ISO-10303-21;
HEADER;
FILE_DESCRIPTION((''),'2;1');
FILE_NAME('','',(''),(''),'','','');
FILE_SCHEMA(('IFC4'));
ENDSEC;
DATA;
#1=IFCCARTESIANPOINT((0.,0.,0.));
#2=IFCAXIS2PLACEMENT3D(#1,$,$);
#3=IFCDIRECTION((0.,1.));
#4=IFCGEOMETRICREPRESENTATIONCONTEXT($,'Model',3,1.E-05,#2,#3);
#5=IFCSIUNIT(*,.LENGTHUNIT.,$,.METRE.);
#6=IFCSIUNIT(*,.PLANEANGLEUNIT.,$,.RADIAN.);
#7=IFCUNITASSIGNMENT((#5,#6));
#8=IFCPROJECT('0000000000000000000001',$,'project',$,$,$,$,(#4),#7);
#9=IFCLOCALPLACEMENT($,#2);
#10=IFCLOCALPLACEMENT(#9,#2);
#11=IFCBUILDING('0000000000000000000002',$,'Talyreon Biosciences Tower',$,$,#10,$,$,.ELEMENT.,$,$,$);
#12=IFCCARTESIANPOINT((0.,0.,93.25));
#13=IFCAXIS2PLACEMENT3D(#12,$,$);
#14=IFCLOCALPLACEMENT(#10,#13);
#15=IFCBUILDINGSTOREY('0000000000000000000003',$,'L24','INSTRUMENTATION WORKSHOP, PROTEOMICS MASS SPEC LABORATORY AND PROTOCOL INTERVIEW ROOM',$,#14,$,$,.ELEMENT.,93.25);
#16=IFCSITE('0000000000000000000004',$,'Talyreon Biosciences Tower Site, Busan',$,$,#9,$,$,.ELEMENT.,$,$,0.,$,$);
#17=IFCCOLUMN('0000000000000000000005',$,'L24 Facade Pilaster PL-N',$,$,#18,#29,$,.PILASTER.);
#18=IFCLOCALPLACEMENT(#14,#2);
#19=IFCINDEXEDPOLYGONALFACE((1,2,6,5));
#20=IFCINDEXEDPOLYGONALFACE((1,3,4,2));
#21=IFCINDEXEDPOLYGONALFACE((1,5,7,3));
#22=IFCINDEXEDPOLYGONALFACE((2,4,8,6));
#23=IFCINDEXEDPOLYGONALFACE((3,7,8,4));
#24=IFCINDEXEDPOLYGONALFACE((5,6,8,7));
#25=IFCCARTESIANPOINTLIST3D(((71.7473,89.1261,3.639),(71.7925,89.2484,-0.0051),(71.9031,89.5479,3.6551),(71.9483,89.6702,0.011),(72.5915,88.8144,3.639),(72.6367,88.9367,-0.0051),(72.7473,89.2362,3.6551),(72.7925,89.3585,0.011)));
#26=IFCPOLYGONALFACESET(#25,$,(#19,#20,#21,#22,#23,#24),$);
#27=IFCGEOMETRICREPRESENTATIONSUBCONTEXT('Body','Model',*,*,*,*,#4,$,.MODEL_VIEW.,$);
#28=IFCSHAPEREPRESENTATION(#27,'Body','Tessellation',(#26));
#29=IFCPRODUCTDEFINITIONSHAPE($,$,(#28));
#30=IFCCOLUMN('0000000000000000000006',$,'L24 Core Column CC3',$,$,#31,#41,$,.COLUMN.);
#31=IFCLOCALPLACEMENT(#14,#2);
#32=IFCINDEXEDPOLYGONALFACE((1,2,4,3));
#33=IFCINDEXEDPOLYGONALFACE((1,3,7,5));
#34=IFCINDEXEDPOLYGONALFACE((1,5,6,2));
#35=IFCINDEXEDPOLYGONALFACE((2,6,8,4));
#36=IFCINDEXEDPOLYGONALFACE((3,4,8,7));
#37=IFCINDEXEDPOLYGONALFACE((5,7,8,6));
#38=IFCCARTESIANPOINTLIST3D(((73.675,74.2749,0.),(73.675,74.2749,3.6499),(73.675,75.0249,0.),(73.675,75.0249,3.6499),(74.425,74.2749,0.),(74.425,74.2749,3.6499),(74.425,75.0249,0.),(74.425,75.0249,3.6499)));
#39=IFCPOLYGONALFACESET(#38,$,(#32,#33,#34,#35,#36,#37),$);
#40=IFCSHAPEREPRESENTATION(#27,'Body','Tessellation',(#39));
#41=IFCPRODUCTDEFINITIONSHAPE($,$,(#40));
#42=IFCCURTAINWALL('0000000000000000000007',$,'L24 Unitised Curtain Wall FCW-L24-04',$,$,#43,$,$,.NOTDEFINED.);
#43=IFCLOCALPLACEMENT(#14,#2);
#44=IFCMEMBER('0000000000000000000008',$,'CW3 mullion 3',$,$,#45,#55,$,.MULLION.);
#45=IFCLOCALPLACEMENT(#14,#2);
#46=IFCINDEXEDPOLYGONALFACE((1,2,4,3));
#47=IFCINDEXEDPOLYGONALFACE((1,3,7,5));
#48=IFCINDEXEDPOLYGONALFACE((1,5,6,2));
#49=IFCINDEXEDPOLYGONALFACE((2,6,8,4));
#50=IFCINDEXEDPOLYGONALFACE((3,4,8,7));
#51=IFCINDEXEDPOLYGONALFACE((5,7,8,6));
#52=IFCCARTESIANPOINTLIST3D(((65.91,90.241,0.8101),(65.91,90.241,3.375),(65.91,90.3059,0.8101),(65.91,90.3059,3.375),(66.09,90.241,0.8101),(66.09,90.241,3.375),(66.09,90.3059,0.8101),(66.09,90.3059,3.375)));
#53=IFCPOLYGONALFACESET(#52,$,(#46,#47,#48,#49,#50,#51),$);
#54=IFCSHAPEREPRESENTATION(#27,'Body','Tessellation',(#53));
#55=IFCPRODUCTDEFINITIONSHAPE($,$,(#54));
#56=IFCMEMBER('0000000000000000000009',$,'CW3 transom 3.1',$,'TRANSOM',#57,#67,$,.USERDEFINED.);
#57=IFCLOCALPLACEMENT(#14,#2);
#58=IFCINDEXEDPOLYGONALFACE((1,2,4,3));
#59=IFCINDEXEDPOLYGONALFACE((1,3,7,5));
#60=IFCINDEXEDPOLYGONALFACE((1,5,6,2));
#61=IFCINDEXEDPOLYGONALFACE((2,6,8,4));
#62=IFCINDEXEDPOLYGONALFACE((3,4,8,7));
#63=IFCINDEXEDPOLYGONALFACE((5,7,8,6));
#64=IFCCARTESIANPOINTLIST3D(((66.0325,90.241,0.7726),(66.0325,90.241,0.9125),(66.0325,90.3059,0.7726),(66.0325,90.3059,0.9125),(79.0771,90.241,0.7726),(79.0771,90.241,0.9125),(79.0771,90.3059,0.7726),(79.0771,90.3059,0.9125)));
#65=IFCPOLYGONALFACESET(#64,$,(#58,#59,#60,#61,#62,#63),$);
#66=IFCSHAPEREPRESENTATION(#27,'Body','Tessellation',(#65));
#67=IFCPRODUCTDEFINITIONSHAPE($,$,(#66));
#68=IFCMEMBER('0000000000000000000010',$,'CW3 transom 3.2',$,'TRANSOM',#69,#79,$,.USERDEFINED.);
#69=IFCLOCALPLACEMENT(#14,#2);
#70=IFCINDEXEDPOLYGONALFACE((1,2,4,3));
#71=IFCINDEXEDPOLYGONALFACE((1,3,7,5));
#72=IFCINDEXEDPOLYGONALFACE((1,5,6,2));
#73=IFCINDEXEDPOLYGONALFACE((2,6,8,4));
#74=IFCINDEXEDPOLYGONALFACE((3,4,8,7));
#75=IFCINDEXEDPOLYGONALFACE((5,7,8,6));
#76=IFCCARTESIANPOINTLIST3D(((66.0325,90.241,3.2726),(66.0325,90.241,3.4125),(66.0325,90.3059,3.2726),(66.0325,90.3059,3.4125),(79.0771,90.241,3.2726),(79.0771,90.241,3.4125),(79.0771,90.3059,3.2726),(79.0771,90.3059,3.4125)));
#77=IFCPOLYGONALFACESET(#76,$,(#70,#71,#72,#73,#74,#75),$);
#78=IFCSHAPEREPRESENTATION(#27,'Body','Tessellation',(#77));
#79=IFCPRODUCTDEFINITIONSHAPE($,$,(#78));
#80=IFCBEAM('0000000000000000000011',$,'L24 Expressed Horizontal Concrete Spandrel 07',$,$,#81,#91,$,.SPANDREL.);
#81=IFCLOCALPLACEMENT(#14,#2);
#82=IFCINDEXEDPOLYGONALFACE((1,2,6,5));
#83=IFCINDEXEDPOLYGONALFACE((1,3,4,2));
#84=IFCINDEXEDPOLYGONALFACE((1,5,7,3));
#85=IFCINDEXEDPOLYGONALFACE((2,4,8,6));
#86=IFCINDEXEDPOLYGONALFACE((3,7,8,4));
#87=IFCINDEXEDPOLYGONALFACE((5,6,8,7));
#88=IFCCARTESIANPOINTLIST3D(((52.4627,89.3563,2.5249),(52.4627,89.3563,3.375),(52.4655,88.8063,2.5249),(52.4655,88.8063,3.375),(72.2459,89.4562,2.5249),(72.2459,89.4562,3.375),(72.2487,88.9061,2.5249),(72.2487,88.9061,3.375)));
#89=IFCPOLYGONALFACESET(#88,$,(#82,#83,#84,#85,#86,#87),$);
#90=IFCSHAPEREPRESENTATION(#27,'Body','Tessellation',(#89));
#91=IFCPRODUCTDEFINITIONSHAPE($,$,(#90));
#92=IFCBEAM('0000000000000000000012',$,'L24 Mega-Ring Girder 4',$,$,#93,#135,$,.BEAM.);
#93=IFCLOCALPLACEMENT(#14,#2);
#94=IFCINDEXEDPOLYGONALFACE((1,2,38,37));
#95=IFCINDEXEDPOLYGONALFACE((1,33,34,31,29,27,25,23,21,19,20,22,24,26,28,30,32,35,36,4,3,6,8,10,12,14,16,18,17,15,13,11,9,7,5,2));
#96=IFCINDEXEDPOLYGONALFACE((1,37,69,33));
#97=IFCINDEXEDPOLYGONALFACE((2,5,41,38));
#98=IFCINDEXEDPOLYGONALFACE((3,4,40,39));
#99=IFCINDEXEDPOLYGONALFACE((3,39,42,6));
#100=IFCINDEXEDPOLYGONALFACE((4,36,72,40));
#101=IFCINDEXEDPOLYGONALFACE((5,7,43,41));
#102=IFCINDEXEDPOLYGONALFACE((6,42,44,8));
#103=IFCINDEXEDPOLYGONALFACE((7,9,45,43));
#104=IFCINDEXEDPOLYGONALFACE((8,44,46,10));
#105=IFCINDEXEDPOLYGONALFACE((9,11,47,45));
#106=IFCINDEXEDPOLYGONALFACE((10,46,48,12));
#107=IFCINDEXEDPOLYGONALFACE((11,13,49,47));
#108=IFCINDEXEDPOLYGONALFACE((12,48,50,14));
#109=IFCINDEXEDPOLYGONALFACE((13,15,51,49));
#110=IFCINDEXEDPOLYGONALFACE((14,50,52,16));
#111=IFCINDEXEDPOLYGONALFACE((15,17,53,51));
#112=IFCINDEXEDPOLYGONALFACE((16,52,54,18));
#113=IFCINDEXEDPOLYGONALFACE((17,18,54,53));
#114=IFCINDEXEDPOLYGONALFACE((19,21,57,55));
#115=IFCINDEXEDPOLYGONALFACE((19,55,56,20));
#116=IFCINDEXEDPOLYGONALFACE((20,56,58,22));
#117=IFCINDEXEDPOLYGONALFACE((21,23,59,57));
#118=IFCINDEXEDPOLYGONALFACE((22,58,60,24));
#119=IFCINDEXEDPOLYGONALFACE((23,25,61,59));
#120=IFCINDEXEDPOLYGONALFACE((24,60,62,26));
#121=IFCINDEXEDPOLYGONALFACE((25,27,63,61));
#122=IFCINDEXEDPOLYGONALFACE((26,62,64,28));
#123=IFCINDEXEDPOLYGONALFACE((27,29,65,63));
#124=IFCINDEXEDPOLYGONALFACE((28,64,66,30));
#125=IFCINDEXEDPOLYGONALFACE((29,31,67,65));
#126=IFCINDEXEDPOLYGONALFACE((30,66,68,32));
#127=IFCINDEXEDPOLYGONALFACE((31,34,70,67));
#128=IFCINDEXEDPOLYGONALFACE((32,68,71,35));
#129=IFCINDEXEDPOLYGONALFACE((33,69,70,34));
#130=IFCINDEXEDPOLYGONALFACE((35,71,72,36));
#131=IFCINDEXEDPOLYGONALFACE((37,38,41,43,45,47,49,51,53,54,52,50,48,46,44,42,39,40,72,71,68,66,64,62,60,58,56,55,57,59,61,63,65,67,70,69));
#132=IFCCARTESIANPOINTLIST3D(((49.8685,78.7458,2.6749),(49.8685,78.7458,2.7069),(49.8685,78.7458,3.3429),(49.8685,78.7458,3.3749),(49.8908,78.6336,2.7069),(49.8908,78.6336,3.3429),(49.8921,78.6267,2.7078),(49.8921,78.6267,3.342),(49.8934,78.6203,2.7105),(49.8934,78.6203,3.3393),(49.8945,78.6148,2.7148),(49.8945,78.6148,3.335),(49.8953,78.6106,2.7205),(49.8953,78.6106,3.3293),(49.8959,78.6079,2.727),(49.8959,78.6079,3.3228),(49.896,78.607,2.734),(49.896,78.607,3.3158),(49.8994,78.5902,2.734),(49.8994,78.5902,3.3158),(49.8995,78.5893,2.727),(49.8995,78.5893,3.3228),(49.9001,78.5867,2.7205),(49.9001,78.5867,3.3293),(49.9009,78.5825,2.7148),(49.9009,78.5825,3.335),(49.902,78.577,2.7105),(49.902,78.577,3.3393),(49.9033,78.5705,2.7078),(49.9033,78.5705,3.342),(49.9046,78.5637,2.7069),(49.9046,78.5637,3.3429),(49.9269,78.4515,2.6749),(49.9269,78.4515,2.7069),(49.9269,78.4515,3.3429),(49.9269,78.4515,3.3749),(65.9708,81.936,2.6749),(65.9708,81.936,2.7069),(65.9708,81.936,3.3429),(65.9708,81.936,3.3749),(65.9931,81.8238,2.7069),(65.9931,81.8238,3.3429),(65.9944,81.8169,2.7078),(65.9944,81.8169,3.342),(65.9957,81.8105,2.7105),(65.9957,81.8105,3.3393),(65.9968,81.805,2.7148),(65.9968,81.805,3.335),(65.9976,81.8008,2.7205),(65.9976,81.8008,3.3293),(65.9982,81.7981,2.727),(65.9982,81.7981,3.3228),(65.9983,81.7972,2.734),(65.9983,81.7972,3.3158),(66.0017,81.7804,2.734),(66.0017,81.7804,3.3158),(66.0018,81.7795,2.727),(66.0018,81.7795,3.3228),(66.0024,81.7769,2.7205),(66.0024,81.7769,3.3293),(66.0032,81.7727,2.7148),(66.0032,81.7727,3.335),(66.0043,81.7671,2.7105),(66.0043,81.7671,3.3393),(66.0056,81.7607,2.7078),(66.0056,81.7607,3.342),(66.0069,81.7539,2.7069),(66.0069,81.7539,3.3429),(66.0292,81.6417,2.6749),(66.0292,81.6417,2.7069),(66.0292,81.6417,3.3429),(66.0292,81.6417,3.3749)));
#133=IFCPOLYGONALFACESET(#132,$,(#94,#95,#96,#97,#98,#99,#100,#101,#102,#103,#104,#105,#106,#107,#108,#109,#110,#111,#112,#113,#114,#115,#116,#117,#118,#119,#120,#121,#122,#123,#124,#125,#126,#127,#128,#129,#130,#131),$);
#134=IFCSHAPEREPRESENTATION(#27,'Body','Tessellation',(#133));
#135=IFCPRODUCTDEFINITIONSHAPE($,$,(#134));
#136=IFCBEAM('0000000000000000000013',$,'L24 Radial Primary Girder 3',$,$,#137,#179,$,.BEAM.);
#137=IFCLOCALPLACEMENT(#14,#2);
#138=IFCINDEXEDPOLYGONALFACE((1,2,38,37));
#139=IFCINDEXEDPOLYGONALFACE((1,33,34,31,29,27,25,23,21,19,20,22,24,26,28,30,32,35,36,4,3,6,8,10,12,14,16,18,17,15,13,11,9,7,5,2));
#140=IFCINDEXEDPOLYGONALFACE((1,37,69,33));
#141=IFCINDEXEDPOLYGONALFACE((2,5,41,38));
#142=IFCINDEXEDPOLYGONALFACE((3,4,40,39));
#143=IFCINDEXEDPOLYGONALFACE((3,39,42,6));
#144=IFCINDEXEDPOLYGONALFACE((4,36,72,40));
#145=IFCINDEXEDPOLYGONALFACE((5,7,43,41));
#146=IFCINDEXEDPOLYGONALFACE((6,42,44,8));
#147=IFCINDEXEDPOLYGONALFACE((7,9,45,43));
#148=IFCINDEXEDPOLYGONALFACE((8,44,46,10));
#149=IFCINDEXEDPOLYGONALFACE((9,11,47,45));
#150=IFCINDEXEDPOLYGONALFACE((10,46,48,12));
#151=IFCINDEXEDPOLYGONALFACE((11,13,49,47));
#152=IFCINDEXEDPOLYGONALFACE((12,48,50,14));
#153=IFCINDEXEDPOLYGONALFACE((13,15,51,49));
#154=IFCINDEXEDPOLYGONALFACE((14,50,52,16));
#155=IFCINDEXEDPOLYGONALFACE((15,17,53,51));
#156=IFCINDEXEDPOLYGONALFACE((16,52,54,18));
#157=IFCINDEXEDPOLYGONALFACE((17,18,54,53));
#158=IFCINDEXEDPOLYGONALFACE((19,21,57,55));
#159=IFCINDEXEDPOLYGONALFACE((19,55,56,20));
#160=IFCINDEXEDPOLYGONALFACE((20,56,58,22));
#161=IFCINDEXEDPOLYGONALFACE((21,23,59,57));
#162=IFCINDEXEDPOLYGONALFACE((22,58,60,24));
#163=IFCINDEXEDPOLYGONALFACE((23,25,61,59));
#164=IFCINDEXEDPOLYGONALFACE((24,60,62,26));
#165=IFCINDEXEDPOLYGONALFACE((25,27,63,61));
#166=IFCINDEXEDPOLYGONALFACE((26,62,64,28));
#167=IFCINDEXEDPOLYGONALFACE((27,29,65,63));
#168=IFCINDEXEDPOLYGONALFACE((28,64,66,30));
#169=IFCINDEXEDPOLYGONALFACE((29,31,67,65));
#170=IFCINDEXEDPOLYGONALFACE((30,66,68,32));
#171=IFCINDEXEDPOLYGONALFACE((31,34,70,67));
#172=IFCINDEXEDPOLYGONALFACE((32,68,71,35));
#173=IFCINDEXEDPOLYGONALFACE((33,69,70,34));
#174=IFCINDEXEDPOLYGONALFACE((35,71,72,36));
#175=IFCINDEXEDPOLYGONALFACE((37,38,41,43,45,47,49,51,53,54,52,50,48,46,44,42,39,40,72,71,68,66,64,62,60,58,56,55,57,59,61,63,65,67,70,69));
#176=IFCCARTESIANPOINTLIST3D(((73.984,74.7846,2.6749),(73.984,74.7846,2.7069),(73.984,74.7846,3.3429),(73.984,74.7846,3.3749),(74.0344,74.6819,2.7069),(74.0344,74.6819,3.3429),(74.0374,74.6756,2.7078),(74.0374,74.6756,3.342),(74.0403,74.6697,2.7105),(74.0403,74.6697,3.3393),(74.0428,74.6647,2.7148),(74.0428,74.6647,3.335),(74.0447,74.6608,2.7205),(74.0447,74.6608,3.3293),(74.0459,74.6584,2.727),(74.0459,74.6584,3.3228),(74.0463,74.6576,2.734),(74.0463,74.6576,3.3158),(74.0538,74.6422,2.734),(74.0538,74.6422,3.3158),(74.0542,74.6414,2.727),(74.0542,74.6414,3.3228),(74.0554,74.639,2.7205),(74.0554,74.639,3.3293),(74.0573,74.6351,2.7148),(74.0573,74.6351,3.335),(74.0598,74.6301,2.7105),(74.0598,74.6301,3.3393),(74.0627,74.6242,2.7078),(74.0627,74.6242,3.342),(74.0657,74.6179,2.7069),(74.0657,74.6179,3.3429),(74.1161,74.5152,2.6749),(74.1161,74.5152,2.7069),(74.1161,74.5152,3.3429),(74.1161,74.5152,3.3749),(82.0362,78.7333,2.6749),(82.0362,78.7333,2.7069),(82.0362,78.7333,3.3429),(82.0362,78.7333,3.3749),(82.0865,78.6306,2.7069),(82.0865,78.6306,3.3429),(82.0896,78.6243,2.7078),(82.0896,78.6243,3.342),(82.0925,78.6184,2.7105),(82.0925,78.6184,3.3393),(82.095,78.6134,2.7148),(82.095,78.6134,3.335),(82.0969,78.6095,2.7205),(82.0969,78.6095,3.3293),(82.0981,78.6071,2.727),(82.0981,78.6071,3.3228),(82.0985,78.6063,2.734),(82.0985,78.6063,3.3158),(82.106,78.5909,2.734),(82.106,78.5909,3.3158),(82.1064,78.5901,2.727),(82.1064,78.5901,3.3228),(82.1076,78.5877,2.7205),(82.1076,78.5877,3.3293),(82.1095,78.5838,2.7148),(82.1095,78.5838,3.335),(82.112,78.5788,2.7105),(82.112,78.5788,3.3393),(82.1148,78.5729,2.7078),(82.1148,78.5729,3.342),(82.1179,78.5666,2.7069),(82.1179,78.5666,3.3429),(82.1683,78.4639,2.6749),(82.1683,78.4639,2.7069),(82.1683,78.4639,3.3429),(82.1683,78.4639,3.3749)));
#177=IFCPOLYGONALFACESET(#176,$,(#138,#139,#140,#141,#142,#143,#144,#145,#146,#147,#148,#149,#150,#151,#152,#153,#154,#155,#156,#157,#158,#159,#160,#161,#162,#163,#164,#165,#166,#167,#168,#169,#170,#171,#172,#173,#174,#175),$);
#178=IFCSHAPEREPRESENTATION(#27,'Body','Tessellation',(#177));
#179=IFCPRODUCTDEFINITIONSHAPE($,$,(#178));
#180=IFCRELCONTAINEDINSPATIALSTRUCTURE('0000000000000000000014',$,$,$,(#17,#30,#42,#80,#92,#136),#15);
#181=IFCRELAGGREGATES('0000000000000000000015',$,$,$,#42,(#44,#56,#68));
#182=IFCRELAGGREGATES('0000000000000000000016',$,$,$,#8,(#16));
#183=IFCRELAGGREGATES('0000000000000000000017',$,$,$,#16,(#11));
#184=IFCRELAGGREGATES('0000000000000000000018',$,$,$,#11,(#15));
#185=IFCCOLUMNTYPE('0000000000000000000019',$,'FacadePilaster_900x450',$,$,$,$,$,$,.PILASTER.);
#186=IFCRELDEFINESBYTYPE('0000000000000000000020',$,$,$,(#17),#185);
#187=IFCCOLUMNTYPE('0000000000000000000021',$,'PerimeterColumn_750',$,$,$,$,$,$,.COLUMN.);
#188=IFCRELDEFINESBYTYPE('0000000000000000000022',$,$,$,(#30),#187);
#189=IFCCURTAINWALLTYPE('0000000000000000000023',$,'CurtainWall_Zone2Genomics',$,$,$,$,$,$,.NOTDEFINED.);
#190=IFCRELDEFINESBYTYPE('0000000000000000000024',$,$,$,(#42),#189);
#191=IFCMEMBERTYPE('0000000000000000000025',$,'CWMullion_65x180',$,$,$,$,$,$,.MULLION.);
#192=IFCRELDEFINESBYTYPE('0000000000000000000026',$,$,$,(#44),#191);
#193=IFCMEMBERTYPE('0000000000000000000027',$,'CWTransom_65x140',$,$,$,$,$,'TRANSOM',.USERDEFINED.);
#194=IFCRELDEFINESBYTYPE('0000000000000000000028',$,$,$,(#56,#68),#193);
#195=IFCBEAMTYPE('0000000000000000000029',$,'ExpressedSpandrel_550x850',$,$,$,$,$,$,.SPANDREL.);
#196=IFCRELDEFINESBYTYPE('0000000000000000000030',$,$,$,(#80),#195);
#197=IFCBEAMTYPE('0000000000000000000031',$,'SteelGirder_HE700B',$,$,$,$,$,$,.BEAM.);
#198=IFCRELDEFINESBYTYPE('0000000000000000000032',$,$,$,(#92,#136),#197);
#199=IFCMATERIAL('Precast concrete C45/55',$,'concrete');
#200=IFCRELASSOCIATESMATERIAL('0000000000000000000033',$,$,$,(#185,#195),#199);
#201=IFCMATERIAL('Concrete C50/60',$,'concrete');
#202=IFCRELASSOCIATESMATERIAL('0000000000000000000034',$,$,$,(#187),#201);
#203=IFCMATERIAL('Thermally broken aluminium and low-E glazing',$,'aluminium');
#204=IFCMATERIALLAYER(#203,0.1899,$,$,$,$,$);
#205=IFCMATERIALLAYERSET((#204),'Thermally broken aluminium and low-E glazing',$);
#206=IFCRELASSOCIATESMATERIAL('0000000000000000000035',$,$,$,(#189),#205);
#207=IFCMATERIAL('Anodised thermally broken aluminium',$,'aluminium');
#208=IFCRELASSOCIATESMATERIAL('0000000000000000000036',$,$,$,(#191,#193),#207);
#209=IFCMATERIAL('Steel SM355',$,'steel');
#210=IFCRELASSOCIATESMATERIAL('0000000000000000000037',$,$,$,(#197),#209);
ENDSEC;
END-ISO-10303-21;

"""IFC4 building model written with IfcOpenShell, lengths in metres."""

from ifc_helpers import new_model, si_unit, direction, frame, origin, origin_2d, place, context, subcontext, project, spatial, rectangle, i_section, extrude, material, layer, layer_set, material_profile, profile_set, type_object, element, aggregate, save


model = new_model("IFC4")

# Units and contexts
model_context = context("Model", 3, precision=1e-05, world=origin(), true_north=direction((0.0, 1.0)))
body_context = subcontext(model_context, "Body", "Model", "MODEL_VIEW")
ifc_project = project(units=[si_unit("LENGTHUNIT", "METRE"), si_unit("PLANEANGLEUNIT", "RADIAN")], contexts=[model_context])

# Site, building, storey
site_placement = place(None, origin())
site = spatial("IfcSite", under=ifc_project, at=site_placement, Name="Talyreon Biosciences Tower Site, Busan", CompositionType="ELEMENT", RefElevation=0.0)
building_placement = place(site_placement, origin())
building = spatial("IfcBuilding", under=site, at=building_placement, Name="Talyreon Biosciences Tower", CompositionType="ELEMENT")
storey_placement = place(building_placement, frame((0.0, 0.0, 93.25)))
storey = spatial("IfcBuildingStorey", under=building, at=storey_placement, Name="L24", Description="INSTRUMENTATION WORKSHOP, PROTEOMICS MASS SPEC LABORATORY AND PROTOCOL INTERVIEW ROOM", CompositionType="ELEMENT", Elevation=93.25)

# Columns
ifc_material_1 = material(Name="Precast concrete C45/55", Category="concrete")
ifc_material_profile_1 = material_profile(ifc_material_1, rectangle(XDim=0.8999, YDim=0.45, at=origin_2d()), Name="RC 900x450")
ifc_profile_set_1 = profile_set([ifc_material_profile_1], Name="Precast concrete C45/55")
column_type_1 = type_object("IfcColumnType", Name="FacadePilaster_900x450", PredefinedType="PILASTER", material=ifc_profile_set_1)
column_1_placement = place(storey_placement, frame((72.2925, 89.3035, 0.0029), z_axis=(-0.012387, -0.033544, 0.99936), x_axis=(-0.938087, 0.346399, 0.0)))
element("IfcColumn", 1, at=column_1_placement, inside=storey, type_object=column_type_1, Name="L24 Facade Pilaster PL-N", PredefinedType="PILASTER", context=body_context, shape_type="SweptSolid", body=[
    extrude(rectangle(XDim=0.8999, YDim=0.45, at=origin_2d()), origin(), (0.0, 0.0, 1.0), 3.6465),
])
ifc_material_2 = material(Name="Concrete C50/60", Category="concrete")
ifc_material_profile_2 = material_profile(ifc_material_2, rectangle(XDim=0.75, YDim=0.75, at=origin_2d()), Name="RC 750x750")
ifc_profile_set_2 = profile_set([ifc_material_profile_2], Name="Concrete C50/60")
column_type_2 = type_object("IfcColumnType", Name="PerimeterColumn_750", PredefinedType="COLUMN", material=ifc_profile_set_2)
column_2_placement = place(storey_placement, frame((74.05, 74.6499, 0.0), z_axis=(0.0, 0.0, 1.0), x_axis=(1.0, 0.0, 0.0)))
element("IfcColumn", 2, at=column_2_placement, inside=storey, type_object=column_type_2, Name="L24 Core Column CC3", PredefinedType="COLUMN", context=body_context, shape_type="SweptSolid", body=[
    extrude(rectangle(XDim=0.75, YDim=0.75, at=origin_2d()), origin(), (0.0, 0.0, 1.0), 3.6499),
])

# Curtain wall, members
ifc_material_3 = material(Name="Thermally broken aluminium and low-E glazing", Category="aluminium")
ifc_layer_1 = layer(ifc_material_3, 0.1899)
ifc_layer_set_1 = layer_set([ifc_layer_1], Name="Thermally broken aluminium and low-E glazing")
curtain_wall_type = type_object("IfcCurtainWallType", Name="CurtainWall_Zone2Genomics", PredefinedType="NOTDEFINED", material=ifc_layer_set_1)
curtain_wall_placement = place(storey_placement, origin())
curtain_wall = element("IfcCurtainWall", 3, at=curtain_wall_placement, inside=storey, type_object=curtain_wall_type, Name="L24 Unitised Curtain Wall FCW-L24-04", PredefinedType="NOTDEFINED")
ifc_material_4 = material(Name="Anodised thermally broken aluminium", Category="aluminium")
ifc_material_profile_3 = material_profile(ifc_material_4, rectangle(XDim=0.0649, YDim=0.1799, at=origin_2d()), Name="ALUM MULLION 65x180")
ifc_profile_set_3 = profile_set([ifc_material_profile_3], Name="Anodised thermally broken aluminium")
member_type_1 = type_object("IfcMemberType", Name="CWMullion_65x180", PredefinedType="MULLION", material=ifc_profile_set_3)
member_1_placement = place(storey_placement, frame((66.0, 90.2734, 0.8101), z_axis=(0.0, 0.0, 1.0), x_axis=(0.0, 1.0, 0.0)))
member_1 = element("IfcMember", 4, at=member_1_placement, type_object=member_type_1, Name="CW3 mullion 3", PredefinedType="MULLION", context=body_context, shape_type="SweptSolid", body=[
    extrude(rectangle(XDim=0.0649, YDim=0.1799, at=origin_2d()), origin(), (0.0, 0.0, 1.0), 2.5649),
])
ifc_material_profile_4 = material_profile(ifc_material_4, rectangle(XDim=0.0649, YDim=0.1399, at=origin_2d()), Name="ALUM TRANSOM 65x140")
ifc_profile_set_4 = profile_set([ifc_material_profile_4], Name="Anodised thermally broken aluminium")
member_type_2 = type_object("IfcMemberType", Name="CWTransom_65x140", ElementType="TRANSOM", PredefinedType="USERDEFINED", material=ifc_profile_set_4)
member_2_placement = place(storey_placement, frame((66.0325, 90.2734, 0.8425), z_axis=(1.0, 0.0, 0.0), x_axis=(0.0, 1.0, 0.0)))
member_2 = element("IfcMember", 5, at=member_2_placement, type_object=member_type_2, Name="CW3 transom 3.1", ObjectType="TRANSOM", PredefinedType="USERDEFINED", context=body_context, shape_type="SweptSolid", body=[
    extrude(rectangle(XDim=0.0649, YDim=0.1399, at=origin_2d()), origin(), (0.0, 0.0, 1.0), 13.0447),
])
member_3_placement = place(storey_placement, frame((66.0325, 90.2734, 3.3425), z_axis=(1.0, 0.0, 0.0), x_axis=(0.0, 1.0, 0.0)))
member_3 = element("IfcMember", 6, at=member_3_placement, type_object=member_type_2, Name="CW3 transom 3.2", ObjectType="TRANSOM", PredefinedType="USERDEFINED", context=body_context, shape_type="SweptSolid", body=[
    extrude(rectangle(XDim=0.0649, YDim=0.1399, at=origin_2d()), origin(), (0.0, 0.0, 1.0), 13.0447),
])

# Beams
ifc_material_profile_5 = material_profile(ifc_material_1, rectangle(XDim=0.55, YDim=0.8501, at=origin_2d()), Name="RCB 550x850")
ifc_profile_set_5 = profile_set([ifc_material_profile_5], Name="Precast concrete C45/55")
beam_type_1 = type_object("IfcBeamType", Name="ExpressedSpandrel_550x850", PredefinedType="SPANDREL", material=ifc_profile_set_5)
beam_1_placement = place(storey_placement, frame((72.2473, 89.1812, 2.95), z_axis=(-0.999987, -0.005047, 0.0), x_axis=(0.005047, -0.999987, 0.0)))
element("IfcBeam", 7, at=beam_1_placement, inside=storey, type_object=beam_type_1, Name="L24 Expressed Horizontal Concrete Spandrel 07", PredefinedType="SPANDREL", context=body_context, shape_type="SweptSolid", body=[
    extrude(rectangle(XDim=0.55, YDim=0.8501, at=origin_2d()), origin(), (0.0, 0.0, 1.0), 19.7834),
])
ifc_material_5 = material(Name="Steel SM355", Category="steel")
ifc_material_profile_6 = material_profile(ifc_material_5, i_section(OverallWidth=0.3, OverallDepth=0.7, WebThickness=0.0171, FlangeThickness=0.032, FilletRadius=0.0271, at=origin_2d()), Name="HE700B")
ifc_profile_set_6 = profile_set([ifc_material_profile_6], Name="Steel SM355")
beam_type_2 = type_object("IfcBeamType", Name="SteelGirder_HE700B", PredefinedType="BEAM", material=ifc_profile_set_6)
beam_2_placement = place(storey_placement, frame((66.0, 81.7888, 3.0249), z_axis=(-0.980934, -0.194343, 0.0), x_axis=(0.194343, -0.980934, 0.0)))
element("IfcBeam", 8, at=beam_2_placement, inside=storey, type_object=beam_type_2, Name="L24 Mega-Ring Girder 4", PredefinedType="BEAM", context=body_context, shape_type="SweptSolid", body=[
    extrude(i_section(OverallWidth=0.3, OverallDepth=0.7, WebThickness=0.0171, FlangeThickness=0.032, FilletRadius=0.0271, at=origin_2d()), origin(), (0.0, 0.0, 1.0), 16.4153),
])
beam_3_placement = place(storey_placement, frame((74.05, 74.6499, 3.0249), z_axis=(0.897852, 0.440297, 0.0), x_axis=(-0.440297, 0.897852, 0.0)))
element("IfcBeam", 9, at=beam_3_placement, inside=storey, type_object=beam_type_2, Name="L24 Radial Primary Girder 3", PredefinedType="BEAM", context=body_context, shape_type="SweptSolid", body=[
    extrude(i_section(OverallWidth=0.3, OverallDepth=0.7, WebThickness=0.0171, FlangeThickness=0.032, FilletRadius=0.0271, at=origin_2d()), origin(), (0.0, 0.0, 1.0), 8.9683),
])

aggregate(curtain_wall, [member_1, member_2, member_3])

save(model, "model.ifc")
